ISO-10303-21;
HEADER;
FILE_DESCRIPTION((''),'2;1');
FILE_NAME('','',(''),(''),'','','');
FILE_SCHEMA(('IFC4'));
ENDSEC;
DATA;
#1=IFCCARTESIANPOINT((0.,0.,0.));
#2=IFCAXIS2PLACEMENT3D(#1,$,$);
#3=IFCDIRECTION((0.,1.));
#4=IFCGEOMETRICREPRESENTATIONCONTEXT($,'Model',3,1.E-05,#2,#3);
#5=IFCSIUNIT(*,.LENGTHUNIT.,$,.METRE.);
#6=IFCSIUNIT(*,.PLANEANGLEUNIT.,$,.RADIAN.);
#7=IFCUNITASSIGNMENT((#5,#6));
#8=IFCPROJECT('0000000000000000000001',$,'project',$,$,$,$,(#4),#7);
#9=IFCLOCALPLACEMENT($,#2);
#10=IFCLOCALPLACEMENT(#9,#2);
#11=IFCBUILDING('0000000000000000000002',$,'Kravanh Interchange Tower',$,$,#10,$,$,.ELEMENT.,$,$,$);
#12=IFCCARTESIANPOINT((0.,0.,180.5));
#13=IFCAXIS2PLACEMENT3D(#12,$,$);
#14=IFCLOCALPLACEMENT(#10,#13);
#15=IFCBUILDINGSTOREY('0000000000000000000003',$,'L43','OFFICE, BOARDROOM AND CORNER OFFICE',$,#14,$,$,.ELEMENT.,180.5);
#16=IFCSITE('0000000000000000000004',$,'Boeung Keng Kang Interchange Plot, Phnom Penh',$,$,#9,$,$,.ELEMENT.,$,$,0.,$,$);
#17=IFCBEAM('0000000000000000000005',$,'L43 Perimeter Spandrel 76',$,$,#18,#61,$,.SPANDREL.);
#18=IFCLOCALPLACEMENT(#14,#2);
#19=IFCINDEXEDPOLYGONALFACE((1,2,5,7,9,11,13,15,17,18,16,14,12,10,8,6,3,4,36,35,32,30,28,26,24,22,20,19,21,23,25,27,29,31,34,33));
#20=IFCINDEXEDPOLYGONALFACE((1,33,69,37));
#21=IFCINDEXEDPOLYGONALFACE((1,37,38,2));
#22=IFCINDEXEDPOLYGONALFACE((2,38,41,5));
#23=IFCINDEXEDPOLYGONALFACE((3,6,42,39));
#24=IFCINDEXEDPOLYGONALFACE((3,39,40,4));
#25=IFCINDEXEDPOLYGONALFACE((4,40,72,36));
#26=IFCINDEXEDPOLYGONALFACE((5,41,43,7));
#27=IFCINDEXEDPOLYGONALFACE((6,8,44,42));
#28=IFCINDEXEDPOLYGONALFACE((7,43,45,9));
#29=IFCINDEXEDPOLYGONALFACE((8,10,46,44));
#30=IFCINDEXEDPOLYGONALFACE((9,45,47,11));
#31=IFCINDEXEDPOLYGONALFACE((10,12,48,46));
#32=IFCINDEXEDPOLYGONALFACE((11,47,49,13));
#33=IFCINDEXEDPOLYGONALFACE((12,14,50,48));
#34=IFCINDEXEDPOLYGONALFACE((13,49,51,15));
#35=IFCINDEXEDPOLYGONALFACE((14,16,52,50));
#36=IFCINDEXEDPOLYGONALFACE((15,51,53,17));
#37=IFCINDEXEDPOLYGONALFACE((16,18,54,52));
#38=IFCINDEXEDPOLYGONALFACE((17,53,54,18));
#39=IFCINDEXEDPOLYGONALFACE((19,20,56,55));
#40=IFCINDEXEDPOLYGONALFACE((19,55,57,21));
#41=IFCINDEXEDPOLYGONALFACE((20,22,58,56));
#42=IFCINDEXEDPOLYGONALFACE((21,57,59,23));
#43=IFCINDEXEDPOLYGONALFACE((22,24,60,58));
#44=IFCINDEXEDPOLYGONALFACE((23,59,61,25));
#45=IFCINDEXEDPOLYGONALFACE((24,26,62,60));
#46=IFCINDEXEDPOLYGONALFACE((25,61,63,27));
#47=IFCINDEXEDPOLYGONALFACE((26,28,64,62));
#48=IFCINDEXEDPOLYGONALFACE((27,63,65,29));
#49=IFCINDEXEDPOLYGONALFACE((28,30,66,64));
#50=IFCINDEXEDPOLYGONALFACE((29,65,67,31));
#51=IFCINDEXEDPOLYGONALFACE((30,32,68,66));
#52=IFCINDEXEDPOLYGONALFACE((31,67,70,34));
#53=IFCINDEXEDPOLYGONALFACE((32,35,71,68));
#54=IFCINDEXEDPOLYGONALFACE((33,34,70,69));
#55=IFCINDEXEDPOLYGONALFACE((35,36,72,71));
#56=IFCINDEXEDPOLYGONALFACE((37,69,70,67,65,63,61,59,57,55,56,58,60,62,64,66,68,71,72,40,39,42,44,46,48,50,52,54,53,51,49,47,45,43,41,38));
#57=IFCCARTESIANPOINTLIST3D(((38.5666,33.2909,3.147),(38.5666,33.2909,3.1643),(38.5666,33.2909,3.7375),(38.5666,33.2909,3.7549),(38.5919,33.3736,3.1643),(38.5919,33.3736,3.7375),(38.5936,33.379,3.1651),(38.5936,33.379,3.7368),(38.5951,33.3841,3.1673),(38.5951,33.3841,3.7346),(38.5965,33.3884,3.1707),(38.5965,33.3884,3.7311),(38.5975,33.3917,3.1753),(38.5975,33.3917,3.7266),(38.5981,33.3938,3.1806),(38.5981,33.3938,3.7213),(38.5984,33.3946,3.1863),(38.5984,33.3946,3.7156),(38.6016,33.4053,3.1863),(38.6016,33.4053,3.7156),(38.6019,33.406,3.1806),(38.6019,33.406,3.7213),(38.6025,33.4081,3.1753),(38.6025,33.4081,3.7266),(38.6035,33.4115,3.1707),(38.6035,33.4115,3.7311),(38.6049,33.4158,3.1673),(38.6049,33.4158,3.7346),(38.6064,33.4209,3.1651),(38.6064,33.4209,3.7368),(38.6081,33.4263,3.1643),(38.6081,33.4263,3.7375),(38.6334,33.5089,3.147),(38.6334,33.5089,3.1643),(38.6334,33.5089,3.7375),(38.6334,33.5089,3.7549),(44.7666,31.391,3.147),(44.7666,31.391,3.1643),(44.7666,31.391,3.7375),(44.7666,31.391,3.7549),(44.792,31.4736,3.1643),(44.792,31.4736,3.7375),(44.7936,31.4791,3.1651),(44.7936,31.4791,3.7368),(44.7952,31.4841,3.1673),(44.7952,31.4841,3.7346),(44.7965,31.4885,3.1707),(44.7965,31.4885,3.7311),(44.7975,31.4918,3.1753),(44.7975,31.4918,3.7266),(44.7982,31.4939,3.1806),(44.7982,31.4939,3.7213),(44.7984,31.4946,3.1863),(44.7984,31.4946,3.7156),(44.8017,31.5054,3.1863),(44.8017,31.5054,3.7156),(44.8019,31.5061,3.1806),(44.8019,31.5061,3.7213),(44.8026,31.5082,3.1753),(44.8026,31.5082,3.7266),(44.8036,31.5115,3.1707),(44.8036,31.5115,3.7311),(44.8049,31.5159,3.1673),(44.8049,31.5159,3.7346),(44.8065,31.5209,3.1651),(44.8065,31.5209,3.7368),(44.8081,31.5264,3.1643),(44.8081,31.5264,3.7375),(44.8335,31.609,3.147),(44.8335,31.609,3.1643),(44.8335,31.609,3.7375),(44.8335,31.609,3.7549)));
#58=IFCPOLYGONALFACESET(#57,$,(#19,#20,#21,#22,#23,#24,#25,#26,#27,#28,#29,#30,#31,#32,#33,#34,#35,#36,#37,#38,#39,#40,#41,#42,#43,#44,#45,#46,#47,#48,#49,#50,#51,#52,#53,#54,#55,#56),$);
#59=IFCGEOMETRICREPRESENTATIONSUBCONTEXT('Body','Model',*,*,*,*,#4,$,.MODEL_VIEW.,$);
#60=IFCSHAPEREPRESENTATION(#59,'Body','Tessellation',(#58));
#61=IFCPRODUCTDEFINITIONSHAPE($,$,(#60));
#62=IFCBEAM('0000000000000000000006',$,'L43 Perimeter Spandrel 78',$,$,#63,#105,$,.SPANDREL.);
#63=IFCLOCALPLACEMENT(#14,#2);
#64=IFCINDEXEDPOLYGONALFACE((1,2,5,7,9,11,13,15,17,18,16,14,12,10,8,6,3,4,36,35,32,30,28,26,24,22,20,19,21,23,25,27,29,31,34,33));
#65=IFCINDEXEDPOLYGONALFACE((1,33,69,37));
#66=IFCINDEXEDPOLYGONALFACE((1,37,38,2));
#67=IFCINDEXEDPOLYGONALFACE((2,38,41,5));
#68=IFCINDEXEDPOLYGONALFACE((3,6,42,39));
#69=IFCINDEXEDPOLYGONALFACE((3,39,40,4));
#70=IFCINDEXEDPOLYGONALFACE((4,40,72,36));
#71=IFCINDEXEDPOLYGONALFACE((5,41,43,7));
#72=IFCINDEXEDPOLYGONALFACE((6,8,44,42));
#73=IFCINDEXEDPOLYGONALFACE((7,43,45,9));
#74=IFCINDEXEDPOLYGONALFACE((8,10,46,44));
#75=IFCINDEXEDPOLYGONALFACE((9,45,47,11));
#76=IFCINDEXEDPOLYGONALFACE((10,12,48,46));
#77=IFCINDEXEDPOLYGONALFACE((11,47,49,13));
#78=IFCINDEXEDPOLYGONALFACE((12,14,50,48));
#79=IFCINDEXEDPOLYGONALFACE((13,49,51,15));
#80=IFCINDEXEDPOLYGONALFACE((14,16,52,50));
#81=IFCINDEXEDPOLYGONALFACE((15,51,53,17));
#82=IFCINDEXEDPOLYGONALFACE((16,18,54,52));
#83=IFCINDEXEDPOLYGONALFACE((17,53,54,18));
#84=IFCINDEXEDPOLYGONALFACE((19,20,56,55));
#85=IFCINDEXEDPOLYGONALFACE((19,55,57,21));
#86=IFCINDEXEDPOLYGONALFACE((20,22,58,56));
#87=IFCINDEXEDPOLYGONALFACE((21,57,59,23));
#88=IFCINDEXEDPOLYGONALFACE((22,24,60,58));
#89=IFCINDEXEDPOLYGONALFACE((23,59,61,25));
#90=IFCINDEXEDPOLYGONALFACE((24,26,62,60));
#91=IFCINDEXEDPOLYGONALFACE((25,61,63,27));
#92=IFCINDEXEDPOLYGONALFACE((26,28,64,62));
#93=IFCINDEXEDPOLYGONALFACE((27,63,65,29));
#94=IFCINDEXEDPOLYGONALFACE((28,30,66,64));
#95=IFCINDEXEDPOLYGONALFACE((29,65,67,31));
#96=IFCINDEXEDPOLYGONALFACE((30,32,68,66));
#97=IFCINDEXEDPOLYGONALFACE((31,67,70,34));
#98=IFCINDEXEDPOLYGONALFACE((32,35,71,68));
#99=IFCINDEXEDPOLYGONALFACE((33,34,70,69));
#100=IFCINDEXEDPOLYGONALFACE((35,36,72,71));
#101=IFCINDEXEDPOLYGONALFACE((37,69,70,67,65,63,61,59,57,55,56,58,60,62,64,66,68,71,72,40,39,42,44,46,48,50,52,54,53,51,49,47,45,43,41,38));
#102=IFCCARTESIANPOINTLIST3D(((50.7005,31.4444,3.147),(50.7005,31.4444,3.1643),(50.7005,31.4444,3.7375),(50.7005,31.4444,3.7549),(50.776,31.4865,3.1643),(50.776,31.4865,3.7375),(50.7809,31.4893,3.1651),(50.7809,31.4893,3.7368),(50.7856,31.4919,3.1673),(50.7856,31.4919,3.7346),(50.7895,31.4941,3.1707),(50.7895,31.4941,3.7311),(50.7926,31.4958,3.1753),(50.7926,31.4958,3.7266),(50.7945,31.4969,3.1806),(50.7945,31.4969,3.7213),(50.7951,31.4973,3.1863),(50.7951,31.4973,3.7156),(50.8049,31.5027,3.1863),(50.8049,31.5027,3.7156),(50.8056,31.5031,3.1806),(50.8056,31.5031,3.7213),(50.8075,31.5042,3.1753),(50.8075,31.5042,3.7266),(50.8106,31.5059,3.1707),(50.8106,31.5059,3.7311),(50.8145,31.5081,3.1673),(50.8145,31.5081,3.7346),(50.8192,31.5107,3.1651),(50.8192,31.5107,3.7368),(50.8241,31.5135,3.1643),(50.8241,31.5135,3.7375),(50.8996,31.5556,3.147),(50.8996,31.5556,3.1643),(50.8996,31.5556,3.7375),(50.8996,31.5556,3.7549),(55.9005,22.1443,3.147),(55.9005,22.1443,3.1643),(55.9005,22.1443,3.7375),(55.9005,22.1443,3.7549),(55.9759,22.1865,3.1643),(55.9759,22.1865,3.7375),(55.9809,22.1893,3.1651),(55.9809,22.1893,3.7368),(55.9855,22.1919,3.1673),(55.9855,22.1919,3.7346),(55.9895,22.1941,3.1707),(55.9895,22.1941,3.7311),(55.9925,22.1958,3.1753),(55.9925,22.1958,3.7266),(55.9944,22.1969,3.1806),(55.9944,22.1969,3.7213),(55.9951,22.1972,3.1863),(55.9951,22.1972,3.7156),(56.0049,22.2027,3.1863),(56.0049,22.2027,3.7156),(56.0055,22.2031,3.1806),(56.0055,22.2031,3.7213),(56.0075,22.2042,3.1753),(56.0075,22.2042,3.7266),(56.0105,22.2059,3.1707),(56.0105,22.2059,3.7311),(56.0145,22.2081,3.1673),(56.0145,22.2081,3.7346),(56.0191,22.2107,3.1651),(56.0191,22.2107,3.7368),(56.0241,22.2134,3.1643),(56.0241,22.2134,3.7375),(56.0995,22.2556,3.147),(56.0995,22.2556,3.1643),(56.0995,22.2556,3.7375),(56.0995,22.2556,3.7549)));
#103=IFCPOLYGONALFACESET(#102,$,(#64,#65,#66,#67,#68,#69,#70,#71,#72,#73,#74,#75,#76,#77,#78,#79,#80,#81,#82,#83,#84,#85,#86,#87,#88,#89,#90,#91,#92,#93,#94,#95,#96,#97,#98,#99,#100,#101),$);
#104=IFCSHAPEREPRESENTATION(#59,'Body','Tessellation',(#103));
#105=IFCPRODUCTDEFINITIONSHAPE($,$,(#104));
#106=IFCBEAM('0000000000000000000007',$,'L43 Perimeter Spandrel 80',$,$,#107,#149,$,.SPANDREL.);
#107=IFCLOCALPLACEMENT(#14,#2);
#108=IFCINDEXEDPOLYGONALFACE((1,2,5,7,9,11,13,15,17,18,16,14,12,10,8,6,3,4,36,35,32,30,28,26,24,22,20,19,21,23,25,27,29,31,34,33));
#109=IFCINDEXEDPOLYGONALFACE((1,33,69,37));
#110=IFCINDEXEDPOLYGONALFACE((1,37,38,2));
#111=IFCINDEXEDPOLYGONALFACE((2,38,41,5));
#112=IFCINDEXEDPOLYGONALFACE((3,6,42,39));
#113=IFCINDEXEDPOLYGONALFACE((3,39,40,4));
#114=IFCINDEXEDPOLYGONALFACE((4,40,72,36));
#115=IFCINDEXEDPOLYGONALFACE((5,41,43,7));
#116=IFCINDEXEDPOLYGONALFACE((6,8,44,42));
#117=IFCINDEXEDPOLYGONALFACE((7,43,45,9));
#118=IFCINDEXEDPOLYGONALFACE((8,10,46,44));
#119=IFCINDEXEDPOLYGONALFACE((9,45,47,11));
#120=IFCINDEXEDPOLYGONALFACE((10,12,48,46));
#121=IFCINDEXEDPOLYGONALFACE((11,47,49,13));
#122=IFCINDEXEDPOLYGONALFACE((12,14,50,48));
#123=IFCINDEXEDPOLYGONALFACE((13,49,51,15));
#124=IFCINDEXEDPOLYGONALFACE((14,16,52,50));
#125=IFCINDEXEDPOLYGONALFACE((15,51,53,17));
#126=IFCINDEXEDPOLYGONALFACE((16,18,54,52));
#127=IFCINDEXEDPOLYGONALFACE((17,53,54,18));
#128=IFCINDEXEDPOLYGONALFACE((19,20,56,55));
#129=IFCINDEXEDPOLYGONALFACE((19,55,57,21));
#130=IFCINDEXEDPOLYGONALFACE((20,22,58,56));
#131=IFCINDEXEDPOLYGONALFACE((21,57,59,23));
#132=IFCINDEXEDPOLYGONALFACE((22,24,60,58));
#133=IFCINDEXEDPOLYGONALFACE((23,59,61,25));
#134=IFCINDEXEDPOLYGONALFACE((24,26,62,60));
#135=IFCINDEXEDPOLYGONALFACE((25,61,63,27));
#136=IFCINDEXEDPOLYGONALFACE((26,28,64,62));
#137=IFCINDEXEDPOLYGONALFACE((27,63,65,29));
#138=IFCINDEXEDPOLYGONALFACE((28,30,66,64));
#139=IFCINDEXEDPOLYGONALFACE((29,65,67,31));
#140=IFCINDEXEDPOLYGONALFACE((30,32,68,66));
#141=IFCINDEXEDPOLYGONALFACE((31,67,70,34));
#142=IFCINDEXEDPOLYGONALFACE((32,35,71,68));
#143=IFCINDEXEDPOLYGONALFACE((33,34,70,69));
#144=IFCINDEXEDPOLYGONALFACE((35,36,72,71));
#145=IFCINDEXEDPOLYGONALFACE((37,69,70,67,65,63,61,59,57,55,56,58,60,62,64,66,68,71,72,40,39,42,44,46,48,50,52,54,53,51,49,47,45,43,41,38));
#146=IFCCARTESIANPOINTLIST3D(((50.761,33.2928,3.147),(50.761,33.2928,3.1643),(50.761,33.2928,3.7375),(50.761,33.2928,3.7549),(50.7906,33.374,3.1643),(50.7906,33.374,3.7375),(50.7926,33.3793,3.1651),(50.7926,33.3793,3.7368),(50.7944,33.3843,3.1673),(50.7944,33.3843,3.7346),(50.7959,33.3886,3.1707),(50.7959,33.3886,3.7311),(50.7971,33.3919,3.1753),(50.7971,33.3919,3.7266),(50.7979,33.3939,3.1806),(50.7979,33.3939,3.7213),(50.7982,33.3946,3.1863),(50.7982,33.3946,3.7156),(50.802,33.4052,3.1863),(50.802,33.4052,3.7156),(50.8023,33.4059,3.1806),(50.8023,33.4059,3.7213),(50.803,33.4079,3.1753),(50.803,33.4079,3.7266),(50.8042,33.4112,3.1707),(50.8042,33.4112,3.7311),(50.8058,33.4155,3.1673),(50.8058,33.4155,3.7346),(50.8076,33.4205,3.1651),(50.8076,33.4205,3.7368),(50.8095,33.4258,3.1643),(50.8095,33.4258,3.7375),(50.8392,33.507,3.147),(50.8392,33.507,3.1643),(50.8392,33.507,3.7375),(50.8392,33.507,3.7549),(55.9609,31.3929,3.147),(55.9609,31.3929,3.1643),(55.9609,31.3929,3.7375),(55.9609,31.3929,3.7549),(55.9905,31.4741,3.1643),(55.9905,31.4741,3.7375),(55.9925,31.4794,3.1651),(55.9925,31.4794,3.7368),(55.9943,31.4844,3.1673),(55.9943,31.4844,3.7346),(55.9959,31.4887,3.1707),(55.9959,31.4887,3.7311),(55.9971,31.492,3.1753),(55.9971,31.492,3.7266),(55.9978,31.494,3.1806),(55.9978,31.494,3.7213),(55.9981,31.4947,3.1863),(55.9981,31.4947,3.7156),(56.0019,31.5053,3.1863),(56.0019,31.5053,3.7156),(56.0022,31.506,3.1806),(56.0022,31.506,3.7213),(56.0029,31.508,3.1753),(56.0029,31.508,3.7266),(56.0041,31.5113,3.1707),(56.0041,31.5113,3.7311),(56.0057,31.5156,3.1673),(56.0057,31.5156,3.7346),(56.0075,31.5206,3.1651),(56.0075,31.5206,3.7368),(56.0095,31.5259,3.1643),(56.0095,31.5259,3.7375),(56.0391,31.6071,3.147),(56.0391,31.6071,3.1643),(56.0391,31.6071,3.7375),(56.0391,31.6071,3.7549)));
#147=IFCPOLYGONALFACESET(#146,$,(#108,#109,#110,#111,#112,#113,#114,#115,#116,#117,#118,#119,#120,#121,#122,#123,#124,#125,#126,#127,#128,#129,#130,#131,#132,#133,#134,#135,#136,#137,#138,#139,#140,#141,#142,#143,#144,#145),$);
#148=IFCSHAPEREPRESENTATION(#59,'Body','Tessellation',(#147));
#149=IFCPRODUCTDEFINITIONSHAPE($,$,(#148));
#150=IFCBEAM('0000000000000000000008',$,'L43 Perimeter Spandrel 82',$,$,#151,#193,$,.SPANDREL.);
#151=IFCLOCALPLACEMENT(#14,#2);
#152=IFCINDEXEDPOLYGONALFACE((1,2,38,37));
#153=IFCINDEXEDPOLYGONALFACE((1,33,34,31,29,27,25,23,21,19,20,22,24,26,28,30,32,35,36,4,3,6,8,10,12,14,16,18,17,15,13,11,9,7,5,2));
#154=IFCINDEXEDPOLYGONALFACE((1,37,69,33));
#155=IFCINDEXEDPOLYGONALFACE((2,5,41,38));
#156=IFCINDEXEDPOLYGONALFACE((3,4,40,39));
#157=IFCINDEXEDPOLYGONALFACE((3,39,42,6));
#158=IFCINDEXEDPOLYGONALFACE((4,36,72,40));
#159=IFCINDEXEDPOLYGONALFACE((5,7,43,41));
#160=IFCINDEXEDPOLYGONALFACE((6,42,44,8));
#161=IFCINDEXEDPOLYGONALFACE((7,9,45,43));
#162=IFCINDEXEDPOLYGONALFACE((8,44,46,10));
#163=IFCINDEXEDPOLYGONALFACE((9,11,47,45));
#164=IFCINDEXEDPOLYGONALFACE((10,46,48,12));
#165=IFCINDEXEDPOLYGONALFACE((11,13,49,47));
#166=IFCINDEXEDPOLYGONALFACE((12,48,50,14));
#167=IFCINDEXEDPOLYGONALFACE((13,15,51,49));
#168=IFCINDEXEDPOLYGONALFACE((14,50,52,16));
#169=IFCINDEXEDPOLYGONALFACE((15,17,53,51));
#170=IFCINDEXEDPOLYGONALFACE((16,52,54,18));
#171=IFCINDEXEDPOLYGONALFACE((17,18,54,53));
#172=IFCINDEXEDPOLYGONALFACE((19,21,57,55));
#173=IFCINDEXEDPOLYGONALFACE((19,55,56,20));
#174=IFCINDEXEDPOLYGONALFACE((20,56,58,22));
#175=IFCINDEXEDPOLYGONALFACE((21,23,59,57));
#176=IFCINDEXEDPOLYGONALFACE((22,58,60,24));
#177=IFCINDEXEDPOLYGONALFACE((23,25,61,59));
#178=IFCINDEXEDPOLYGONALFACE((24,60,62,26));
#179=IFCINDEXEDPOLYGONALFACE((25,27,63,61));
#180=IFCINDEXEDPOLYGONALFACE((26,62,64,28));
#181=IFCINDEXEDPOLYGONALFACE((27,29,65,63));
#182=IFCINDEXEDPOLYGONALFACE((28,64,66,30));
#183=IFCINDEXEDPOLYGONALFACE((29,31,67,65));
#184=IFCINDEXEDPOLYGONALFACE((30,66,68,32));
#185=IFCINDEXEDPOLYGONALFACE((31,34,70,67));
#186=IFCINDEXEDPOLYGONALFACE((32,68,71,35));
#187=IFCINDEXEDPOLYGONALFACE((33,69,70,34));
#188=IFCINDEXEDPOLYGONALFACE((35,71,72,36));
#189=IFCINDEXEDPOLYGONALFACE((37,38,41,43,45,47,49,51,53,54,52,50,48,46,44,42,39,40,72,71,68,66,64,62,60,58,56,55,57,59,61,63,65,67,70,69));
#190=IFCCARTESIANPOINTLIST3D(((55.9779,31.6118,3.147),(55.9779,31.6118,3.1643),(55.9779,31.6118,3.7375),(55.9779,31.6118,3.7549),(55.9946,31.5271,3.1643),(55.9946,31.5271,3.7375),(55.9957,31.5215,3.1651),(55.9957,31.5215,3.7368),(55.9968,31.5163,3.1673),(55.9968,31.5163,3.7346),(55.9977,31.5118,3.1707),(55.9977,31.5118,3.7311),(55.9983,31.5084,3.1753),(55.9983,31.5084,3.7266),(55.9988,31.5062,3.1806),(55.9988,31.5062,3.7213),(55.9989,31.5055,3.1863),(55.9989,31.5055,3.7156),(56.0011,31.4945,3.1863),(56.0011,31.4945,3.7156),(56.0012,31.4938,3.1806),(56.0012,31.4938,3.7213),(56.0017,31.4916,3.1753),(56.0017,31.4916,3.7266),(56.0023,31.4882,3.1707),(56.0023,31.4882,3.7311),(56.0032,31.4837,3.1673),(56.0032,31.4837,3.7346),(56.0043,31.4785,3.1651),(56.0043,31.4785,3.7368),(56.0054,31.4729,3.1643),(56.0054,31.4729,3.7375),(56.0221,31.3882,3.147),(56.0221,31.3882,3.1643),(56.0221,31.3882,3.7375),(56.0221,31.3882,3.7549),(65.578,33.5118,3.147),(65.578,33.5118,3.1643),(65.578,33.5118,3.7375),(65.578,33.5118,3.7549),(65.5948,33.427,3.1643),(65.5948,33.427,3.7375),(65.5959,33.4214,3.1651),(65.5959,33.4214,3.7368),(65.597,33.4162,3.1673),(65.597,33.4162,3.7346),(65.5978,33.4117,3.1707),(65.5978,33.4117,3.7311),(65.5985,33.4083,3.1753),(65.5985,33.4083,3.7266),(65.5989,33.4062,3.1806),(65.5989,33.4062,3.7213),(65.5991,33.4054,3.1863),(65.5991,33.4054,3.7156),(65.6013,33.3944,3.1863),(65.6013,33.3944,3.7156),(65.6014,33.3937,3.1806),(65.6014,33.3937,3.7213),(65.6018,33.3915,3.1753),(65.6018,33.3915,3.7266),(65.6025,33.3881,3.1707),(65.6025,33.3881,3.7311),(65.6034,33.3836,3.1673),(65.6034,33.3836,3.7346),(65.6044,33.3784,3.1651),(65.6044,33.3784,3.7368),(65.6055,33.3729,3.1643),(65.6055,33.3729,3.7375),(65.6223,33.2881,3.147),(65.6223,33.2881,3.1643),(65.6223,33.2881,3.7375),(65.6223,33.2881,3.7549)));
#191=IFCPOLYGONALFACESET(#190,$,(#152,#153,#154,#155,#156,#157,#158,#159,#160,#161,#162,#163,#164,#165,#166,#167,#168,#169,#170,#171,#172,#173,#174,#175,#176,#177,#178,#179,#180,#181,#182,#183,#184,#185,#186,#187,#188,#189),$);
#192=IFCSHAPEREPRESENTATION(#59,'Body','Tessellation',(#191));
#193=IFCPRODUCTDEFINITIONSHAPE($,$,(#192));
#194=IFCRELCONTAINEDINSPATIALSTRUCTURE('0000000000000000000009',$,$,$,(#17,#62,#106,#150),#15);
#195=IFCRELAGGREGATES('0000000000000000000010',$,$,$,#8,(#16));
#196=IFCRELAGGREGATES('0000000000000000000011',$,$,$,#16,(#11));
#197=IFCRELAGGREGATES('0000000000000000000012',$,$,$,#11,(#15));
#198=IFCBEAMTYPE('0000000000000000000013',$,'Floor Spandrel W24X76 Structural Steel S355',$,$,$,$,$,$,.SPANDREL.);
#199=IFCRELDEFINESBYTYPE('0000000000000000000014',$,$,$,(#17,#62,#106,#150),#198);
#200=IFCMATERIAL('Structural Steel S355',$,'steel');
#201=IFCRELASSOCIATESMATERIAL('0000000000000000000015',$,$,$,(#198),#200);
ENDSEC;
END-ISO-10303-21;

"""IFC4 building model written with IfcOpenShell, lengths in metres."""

from ifc_helpers import new_model, si_unit, direction, frame, origin, origin_2d, place, context, subcontext, project, spatial, i_section, extrude, material, material_profile, profile_set, type_object, element, save


model = new_model("IFC4")

# Units and contexts
model_context = context("Model", 3, precision=1e-05, world=origin(), true_north=direction((0.0, 1.0)))
body_context = subcontext(model_context, "Body", "Model", "MODEL_VIEW")
ifc_project = project(units=[si_unit("LENGTHUNIT", "METRE"), si_unit("PLANEANGLEUNIT", "RADIAN")], contexts=[model_context])

# Site, building, storey
site_placement = place(None, origin())
site = spatial("IfcSite", under=ifc_project, at=site_placement, Name="Boeung Keng Kang Interchange Plot, Phnom Penh", CompositionType="ELEMENT", RefElevation=0.0)
building_placement = place(site_placement, origin())
building = spatial("IfcBuilding", under=site, at=building_placement, Name="Kravanh Interchange Tower", CompositionType="ELEMENT")
storey_placement = place(building_placement, frame((0.0, 0.0, 180.5)))
storey = spatial("IfcBuildingStorey", under=building, at=storey_placement, Name="L43", Description="OFFICE, BOARDROOM AND CORNER OFFICE", CompositionType="ELEMENT", Elevation=180.5)

# Beams
ifc_material_1 = material(Name="Structural Steel S355", Category="steel")
ifc_material_profile_1 = material_profile(ifc_material_1, i_section(OverallWidth=0.228, OverallDepth=0.6079, WebThickness=0.0112, FlangeThickness=0.0173, FilletRadius=0.022, at=origin_2d()), Name="W24X76")
ifc_profile_set_1 = profile_set([ifc_material_profile_1], Name="Structural Steel S355")
beam_type_1 = type_object("IfcBeamType", Name="Floor Spandrel W24X76 Structural Steel S355", PredefinedType="SPANDREL", material=ifc_profile_set_1)
beam_1_placement = place(storey_placement, frame((44.8, 31.5, 3.4509), z_axis=(-0.956115, 0.29299, 0.0), x_axis=(-0.29299, -0.956115, 0.0)))
element("IfcBeam", 1, at=beam_1_placement, inside=storey, type_object=beam_type_1, Name="L43 Perimeter Spandrel 76", PredefinedType="SPANDREL", context=body_context, shape_type="SweptSolid", body=[
    extrude(i_section(OverallWidth=0.228, OverallDepth=0.6079, WebThickness=0.0112, FlangeThickness=0.0173, FilletRadius=0.022, at=origin_2d()), origin(), (0.0, 0.0, 1.0), 6.4846),
])
beam_2_placement = place(storey_placement, frame((50.8, 31.5, 3.4509), z_axis=(0.488026, -0.872829, 0.0), x_axis=(0.872829, 0.488026, 0.0)))
element("IfcBeam", 2, at=beam_2_placement, inside=storey, type_object=beam_type_1, Name="L43 Perimeter Spandrel 78", PredefinedType="SPANDREL", context=body_context, shape_type="SweptSolid", body=[
    extrude(i_section(OverallWidth=0.228, OverallDepth=0.6079, WebThickness=0.0112, FlangeThickness=0.0173, FilletRadius=0.022, at=origin_2d()), origin(), (0.0, 0.0, 1.0), 10.655),
])
beam_3_placement = place(storey_placement, frame((56.0, 31.5, 3.4509), z_axis=(-0.93927, 0.34318, 0.0), x_axis=(-0.34318, -0.93927, 0.0)))
element("IfcBeam", 3, at=beam_3_placement, inside=storey, type_object=beam_type_1, Name="L43 Perimeter Spandrel 80", PredefinedType="SPANDREL", context=body_context, shape_type="SweptSolid", body=[
    extrude(i_section(OverallWidth=0.228, OverallDepth=0.6079, WebThickness=0.0112, FlangeThickness=0.0173, FilletRadius=0.022, at=origin_2d()), origin(), (0.0, 0.0, 1.0), 5.5361),
])
beam_4_placement = place(storey_placement, frame((56.0, 31.5, 3.4509), z_axis=(0.980974, 0.194139, 0.0), x_axis=(-0.194139, 0.980974, 0.0)))
element("IfcBeam", 4, at=beam_4_placement, inside=storey, type_object=beam_type_1, Name="L43 Perimeter Spandrel 82", PredefinedType="SPANDREL", context=body_context, shape_type="SweptSolid", body=[
    extrude(i_section(OverallWidth=0.228, OverallDepth=0.6079, WebThickness=0.0112, FlangeThickness=0.0173, FilletRadius=0.022, at=origin_2d()), origin(), (0.0, 0.0, 1.0), 9.7864),
])

save(model, "model.ifc")
